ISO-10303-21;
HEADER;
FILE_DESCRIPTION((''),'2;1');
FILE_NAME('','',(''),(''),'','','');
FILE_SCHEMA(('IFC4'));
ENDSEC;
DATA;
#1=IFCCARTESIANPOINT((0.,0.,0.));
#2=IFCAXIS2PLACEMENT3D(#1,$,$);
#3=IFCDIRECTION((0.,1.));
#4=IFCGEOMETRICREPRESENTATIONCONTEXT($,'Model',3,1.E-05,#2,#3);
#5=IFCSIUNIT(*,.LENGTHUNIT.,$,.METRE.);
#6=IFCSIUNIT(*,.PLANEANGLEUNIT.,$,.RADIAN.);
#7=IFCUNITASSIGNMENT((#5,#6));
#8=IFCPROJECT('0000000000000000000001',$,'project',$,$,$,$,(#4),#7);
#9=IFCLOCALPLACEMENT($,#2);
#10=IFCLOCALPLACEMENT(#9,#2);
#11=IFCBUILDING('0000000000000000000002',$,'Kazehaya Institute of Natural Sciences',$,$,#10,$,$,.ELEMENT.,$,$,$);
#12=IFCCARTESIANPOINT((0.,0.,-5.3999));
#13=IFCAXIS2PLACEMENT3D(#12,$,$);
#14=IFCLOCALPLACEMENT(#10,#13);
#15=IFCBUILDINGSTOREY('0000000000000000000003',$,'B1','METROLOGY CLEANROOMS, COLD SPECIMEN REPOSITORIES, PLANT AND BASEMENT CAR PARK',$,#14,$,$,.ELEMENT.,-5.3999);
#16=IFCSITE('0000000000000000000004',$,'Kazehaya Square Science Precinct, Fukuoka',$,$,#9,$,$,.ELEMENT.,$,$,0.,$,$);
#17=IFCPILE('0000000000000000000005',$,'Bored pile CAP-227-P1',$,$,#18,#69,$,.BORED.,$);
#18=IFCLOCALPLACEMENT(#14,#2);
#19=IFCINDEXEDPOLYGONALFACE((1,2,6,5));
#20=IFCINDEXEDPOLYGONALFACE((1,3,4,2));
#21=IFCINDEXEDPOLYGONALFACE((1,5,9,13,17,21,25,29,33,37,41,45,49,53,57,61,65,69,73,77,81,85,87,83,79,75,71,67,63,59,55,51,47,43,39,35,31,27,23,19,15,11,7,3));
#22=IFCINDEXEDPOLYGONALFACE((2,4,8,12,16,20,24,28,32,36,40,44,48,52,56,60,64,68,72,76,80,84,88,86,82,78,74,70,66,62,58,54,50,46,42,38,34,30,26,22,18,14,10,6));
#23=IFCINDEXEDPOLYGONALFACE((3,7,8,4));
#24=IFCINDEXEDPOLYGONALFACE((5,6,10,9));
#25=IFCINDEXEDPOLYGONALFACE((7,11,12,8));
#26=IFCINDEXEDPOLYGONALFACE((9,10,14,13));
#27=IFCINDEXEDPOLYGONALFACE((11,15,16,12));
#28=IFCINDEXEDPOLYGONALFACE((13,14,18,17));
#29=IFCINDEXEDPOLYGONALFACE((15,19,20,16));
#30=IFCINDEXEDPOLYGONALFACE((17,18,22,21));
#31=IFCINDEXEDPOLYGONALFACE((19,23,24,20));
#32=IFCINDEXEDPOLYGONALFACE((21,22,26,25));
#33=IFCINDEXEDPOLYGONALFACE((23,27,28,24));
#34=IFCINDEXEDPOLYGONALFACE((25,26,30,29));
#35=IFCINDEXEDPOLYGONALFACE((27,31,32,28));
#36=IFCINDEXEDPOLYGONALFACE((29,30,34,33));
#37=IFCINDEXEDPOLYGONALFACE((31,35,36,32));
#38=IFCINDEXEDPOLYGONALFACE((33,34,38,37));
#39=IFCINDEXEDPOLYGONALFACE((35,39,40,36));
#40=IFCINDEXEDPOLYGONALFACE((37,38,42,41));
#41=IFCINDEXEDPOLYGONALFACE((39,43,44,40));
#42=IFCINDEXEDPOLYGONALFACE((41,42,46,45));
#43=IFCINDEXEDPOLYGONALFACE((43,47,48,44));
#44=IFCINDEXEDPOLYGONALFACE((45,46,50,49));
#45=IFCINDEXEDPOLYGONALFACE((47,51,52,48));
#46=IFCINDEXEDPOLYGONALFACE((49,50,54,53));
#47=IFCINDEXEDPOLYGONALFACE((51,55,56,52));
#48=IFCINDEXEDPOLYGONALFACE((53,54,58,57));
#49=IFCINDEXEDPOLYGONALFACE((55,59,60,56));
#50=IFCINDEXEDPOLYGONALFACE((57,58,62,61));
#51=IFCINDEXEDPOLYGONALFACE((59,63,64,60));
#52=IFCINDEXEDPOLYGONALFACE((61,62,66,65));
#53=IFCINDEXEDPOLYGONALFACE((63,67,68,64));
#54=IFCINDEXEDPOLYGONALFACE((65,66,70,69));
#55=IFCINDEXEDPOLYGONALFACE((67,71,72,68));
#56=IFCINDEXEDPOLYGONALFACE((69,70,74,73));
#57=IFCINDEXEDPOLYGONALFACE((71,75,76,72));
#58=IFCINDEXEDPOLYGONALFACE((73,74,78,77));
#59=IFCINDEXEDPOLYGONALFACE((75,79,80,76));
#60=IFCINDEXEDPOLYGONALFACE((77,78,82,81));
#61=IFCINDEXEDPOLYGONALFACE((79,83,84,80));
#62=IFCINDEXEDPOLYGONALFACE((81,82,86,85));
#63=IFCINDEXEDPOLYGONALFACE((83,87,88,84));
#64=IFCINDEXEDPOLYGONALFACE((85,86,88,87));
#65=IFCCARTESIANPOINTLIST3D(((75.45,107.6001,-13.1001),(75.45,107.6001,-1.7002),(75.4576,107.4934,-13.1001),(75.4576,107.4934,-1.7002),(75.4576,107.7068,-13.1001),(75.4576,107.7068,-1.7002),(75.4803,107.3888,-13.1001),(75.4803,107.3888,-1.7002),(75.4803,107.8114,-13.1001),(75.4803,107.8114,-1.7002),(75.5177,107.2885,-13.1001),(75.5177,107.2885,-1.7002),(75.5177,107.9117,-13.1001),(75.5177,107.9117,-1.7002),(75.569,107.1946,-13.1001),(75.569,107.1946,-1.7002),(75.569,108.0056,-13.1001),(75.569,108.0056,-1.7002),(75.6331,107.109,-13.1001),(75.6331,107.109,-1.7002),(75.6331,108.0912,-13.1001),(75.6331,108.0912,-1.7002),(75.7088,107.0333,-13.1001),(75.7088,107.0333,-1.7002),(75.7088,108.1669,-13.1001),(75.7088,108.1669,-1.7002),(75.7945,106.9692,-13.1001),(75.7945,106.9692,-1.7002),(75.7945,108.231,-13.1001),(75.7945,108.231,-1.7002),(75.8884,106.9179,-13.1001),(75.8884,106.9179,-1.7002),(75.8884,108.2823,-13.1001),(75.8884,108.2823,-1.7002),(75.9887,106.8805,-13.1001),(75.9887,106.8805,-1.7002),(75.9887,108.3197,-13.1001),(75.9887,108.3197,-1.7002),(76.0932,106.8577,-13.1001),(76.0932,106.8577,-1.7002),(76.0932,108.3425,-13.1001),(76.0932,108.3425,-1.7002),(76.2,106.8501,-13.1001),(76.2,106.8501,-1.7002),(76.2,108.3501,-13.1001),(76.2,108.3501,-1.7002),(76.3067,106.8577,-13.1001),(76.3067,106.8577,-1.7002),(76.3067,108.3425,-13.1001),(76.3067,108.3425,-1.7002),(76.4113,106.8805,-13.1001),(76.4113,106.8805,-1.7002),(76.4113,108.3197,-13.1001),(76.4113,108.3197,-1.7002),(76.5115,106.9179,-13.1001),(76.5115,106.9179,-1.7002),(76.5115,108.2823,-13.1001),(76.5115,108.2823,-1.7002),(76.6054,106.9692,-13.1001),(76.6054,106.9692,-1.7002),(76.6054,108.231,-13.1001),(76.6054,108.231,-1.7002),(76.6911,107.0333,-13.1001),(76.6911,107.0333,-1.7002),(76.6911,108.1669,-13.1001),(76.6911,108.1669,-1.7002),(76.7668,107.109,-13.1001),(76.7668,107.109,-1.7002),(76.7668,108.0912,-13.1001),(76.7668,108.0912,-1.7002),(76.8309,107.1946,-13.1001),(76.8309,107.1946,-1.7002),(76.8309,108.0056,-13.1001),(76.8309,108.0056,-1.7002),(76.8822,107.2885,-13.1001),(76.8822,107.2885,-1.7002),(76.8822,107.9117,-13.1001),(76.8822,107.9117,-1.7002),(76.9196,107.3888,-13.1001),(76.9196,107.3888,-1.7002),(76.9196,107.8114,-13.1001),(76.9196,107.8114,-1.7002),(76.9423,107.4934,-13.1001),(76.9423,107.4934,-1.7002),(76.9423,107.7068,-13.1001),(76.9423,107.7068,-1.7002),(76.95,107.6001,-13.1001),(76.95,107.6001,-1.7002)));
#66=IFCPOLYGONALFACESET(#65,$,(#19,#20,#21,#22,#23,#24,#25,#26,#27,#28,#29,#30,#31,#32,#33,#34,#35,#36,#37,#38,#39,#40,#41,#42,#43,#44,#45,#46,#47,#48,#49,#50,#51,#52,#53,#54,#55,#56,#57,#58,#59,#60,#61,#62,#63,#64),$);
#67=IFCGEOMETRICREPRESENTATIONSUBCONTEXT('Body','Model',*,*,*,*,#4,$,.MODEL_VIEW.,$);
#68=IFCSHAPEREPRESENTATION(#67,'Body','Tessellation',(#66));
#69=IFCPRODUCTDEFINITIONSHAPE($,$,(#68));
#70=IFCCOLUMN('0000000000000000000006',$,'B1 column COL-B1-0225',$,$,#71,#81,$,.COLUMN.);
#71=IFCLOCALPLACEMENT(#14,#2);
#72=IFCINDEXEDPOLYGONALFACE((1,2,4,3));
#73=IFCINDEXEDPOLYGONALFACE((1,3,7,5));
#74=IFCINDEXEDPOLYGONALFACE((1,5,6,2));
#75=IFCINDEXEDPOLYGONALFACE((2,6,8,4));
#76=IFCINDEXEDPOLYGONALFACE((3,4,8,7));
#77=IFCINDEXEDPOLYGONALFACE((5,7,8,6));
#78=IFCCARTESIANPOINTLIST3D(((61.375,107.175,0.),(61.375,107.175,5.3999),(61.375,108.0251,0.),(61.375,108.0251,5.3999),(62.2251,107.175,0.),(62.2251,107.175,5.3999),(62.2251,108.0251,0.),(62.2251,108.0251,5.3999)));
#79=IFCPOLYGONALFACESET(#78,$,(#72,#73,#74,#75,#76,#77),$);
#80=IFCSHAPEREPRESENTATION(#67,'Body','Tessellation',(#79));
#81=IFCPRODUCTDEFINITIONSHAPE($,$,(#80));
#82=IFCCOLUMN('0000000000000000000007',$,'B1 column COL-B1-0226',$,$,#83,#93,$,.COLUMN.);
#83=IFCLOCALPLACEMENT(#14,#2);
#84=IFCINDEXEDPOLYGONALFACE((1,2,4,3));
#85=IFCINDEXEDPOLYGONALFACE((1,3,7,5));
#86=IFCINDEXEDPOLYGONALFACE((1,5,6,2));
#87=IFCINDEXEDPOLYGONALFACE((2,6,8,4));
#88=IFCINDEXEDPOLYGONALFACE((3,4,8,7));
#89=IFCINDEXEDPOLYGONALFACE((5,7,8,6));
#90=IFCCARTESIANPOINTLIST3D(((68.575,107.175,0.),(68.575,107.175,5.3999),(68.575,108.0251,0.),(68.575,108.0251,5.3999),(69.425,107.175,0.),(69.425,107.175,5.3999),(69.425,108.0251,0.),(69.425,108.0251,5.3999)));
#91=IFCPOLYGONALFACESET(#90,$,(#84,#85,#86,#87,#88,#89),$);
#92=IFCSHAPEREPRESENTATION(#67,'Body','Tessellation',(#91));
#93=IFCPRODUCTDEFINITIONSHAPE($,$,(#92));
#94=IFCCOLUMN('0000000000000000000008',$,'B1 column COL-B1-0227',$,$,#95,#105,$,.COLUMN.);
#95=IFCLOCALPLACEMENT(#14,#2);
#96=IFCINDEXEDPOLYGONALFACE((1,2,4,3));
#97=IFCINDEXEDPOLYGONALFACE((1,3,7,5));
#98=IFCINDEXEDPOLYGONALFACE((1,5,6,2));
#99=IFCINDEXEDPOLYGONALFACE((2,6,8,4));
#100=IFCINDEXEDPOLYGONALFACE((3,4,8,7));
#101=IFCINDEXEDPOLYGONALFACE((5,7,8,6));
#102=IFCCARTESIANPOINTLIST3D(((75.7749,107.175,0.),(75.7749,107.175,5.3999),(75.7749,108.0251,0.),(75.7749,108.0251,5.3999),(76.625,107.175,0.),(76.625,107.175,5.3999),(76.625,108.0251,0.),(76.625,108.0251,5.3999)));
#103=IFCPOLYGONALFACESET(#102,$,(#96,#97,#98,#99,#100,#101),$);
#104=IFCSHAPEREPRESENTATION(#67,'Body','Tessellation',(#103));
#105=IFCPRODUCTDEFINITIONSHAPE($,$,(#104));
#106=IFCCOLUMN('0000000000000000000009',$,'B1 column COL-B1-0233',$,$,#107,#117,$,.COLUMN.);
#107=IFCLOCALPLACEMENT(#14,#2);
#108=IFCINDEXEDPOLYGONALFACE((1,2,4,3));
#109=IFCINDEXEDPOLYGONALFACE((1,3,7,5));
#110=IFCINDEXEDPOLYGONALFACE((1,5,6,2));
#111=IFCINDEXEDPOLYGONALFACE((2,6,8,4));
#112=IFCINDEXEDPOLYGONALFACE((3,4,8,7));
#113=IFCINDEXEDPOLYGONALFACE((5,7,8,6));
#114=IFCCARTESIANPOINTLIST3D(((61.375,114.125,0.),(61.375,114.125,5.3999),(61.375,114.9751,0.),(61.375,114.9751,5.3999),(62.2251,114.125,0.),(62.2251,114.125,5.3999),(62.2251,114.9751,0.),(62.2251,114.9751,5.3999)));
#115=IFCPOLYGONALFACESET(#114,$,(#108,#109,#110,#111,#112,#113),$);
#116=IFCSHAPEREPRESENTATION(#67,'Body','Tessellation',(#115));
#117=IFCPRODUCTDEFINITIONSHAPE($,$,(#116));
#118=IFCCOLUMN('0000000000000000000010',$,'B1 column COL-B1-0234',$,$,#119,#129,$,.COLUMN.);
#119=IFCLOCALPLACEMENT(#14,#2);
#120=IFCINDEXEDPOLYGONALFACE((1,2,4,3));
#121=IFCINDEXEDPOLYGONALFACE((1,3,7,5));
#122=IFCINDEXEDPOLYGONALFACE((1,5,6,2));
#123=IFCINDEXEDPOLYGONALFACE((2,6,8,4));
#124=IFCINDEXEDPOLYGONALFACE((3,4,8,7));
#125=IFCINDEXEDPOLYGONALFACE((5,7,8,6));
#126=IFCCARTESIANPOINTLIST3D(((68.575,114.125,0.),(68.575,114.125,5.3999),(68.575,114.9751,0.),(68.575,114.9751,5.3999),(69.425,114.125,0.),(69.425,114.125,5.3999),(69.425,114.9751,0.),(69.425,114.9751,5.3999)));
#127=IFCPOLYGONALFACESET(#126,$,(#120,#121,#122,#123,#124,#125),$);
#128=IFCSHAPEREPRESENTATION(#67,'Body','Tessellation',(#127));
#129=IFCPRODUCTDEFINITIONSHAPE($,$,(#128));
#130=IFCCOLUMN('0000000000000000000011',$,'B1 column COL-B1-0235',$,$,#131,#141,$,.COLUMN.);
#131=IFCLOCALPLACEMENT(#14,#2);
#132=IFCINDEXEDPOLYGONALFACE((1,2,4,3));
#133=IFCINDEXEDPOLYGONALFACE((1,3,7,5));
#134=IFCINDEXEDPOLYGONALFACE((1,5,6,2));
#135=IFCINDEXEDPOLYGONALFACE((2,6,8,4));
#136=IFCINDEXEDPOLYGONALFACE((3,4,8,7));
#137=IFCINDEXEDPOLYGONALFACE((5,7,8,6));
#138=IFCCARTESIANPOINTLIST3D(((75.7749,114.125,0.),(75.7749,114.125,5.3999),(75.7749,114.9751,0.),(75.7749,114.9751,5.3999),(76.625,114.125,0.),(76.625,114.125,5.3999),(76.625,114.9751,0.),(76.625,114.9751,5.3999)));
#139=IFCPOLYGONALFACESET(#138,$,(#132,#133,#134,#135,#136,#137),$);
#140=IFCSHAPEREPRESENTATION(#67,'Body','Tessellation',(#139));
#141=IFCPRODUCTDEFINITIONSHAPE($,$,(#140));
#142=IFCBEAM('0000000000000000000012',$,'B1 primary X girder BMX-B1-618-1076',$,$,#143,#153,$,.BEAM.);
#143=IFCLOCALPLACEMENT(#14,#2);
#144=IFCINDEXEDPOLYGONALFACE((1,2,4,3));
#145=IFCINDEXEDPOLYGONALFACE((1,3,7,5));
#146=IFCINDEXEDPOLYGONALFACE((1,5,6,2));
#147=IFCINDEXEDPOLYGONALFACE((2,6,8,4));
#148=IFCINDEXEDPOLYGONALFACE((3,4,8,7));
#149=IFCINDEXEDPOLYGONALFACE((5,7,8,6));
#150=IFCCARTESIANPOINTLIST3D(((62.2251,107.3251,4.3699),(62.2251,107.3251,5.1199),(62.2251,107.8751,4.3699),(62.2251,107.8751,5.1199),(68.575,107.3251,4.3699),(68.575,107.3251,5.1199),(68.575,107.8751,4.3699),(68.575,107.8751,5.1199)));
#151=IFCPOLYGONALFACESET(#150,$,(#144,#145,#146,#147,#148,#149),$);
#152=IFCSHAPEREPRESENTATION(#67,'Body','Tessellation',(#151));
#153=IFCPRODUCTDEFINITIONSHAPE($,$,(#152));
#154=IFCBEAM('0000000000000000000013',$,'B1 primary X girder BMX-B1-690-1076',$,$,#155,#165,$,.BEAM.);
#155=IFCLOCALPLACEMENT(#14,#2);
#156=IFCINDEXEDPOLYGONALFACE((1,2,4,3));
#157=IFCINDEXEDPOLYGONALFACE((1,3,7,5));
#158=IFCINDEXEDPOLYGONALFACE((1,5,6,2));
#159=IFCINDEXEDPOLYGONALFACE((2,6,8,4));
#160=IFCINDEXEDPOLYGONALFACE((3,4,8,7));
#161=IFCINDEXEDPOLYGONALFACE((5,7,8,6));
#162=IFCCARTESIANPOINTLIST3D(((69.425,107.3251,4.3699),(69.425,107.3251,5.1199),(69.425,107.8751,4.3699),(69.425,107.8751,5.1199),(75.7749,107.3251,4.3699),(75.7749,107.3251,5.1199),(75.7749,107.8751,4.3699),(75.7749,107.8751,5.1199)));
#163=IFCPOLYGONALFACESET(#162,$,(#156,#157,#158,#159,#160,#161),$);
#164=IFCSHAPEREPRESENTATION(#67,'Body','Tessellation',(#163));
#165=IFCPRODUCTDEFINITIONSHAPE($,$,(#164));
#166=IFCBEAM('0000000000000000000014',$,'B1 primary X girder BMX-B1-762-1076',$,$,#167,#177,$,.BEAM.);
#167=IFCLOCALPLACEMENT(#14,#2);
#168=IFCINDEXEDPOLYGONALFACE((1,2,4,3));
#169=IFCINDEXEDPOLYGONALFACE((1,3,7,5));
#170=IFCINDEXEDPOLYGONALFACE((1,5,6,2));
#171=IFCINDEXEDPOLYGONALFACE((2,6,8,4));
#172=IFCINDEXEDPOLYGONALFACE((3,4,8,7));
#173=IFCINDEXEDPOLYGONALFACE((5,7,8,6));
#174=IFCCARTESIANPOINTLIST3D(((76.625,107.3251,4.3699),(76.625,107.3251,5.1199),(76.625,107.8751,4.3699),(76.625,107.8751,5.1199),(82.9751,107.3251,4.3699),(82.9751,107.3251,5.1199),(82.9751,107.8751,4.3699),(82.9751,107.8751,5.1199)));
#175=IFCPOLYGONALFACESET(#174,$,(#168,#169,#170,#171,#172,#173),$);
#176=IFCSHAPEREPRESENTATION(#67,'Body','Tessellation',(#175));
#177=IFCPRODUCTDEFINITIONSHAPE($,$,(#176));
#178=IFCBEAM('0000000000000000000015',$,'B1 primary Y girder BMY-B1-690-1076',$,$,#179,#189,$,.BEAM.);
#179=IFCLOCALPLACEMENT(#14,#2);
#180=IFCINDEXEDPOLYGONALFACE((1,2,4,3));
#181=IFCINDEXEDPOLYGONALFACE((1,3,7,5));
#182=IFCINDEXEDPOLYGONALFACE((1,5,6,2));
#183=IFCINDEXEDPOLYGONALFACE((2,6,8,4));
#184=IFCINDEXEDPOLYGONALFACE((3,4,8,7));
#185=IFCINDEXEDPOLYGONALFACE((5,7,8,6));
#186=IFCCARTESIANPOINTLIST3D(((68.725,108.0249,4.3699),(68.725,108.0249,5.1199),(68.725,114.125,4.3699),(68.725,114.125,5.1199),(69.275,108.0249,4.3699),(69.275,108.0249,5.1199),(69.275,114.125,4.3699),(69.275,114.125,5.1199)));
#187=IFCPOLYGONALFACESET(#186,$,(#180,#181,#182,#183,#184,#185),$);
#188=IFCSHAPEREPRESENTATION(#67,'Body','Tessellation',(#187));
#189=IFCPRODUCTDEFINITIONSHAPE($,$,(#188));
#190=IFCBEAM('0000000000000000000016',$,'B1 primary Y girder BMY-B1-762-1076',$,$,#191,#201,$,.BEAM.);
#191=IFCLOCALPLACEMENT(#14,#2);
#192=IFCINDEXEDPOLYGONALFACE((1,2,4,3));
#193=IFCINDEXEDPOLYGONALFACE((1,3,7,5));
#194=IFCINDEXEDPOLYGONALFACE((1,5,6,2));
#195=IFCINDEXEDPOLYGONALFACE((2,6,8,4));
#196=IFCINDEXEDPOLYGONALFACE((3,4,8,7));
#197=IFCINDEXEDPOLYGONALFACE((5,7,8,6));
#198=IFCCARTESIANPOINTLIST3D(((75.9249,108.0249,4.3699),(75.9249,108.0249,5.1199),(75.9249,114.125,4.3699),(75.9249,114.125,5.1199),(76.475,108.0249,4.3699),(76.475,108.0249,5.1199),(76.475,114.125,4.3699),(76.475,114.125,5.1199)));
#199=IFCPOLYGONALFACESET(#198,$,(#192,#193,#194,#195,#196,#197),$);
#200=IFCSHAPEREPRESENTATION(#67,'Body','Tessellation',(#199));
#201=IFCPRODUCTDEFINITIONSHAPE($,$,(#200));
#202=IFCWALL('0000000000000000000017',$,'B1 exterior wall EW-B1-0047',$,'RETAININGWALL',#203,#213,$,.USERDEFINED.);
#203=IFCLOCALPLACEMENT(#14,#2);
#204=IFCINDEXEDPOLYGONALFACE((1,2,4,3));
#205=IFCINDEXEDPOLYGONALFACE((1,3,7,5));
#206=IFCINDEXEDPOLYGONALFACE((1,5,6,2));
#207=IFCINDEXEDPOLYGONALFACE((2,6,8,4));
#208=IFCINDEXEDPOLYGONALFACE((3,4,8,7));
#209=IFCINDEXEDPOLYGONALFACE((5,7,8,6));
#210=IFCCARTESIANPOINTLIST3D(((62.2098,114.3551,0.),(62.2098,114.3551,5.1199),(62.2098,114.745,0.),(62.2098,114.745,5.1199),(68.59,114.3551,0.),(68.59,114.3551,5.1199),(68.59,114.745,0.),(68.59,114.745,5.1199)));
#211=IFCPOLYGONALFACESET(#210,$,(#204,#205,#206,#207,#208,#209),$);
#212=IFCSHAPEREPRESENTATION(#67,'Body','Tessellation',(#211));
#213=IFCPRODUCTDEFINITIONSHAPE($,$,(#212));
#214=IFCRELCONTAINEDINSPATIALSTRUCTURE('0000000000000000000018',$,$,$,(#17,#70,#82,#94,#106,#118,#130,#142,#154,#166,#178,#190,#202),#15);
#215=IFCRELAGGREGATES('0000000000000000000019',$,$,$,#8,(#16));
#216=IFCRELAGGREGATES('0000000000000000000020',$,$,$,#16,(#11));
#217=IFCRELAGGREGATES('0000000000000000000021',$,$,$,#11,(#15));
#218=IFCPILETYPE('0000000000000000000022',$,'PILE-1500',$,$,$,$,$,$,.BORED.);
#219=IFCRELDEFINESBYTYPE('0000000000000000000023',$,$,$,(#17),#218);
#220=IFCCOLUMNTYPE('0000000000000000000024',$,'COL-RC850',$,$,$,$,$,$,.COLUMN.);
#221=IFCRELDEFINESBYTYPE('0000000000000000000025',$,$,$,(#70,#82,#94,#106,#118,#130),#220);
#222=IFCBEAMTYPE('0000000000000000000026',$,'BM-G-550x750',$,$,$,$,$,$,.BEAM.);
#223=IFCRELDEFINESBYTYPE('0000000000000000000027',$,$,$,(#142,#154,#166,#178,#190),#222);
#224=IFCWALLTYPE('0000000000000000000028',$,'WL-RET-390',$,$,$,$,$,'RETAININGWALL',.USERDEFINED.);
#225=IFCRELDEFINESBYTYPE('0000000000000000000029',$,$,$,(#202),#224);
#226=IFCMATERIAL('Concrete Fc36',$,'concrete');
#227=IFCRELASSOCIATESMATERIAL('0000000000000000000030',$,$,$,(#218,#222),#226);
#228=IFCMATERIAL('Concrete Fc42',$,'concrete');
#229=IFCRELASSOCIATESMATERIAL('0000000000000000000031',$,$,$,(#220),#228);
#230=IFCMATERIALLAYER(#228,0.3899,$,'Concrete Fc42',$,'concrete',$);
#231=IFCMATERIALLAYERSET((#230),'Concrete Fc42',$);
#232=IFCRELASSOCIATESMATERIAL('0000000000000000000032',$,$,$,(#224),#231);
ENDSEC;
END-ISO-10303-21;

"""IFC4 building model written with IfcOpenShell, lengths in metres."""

from ifc_helpers import new_model, si_unit, direction, frame, frame_2d, origin, origin_2d, place, context, subcontext, project, spatial, rectangle, circle, extrude, material, layer, layer_set, material_profile, profile_set, type_object, element, save


model = new_model("IFC4")

# Units and contexts
model_context = context("Model", 3, precision=1e-05, world=origin(), true_north=direction((0.0, 1.0)))
body_context = subcontext(model_context, "Body", "Model", "MODEL_VIEW")
ifc_project = project(units=[si_unit("LENGTHUNIT", "METRE"), si_unit("PLANEANGLEUNIT", "RADIAN")], contexts=[model_context])

# Site, building, storey
site_placement = place(None, origin())
site = spatial("IfcSite", under=ifc_project, at=site_placement, Name="Kazehaya Square Science Precinct, Fukuoka", CompositionType="ELEMENT", RefElevation=0.0)
building_placement = place(site_placement, origin())
building = spatial("IfcBuilding", under=site, at=building_placement, Name="Kazehaya Institute of Natural Sciences", CompositionType="ELEMENT")
storey_placement = place(building_placement, frame((0.0, 0.0, -5.3999)))
storey = spatial("IfcBuildingStorey", under=building, at=storey_placement, Name="B1", Description="METROLOGY CLEANROOMS, COLD SPECIMEN REPOSITORIES, PLANT AND BASEMENT CAR PARK", CompositionType="ELEMENT", Elevation=-5.3999)

# Shared definitions
ifc_material_1 = material(Name="Concrete Fc36", Category="concrete")

# Pile
ifc_material_profile_1 = material_profile(ifc_material_1, circle(Radius=0.75, at=origin_2d()), Name="PILE-1500")
ifc_profile_set_1 = profile_set([ifc_material_profile_1], Name="Concrete Fc36")
pile_type_1 = type_object("IfcPileType", Name="PILE-1500", PredefinedType="BORED", material=ifc_profile_set_1)
for number, where, z_axis, x_axis, name in (
    (1, (76.2, 107.6001, -1.7002), (0.0, 0.0, -1.0), (1.0, 0.0, 0.0), "Bored pile CAP-227-P1"),
):
    element("IfcPile", number, at=place(storey_placement, frame(where, z_axis=z_axis, x_axis=x_axis)), inside=storey, type_object=pile_type_1, Name=name, PredefinedType="BORED", context=body_context, shape_type="SweptSolid", body=[
        extrude(circle(Radius=0.75, at=origin_2d()), origin(), (0.0, 0.0, 1.0), 11.3999),
    ])

# Columns
ifc_material_2 = material(Name="Concrete Fc42", Category="concrete")
ifc_material_profile_2 = material_profile(ifc_material_2, rectangle(XDim=0.8501, YDim=0.8501, at=origin_2d()), Name="RC-850x850")
ifc_profile_set_2 = profile_set([ifc_material_profile_2], Name="Concrete Fc42")
column_type = type_object("IfcColumnType", Name="COL-RC850", PredefinedType="COLUMN", material=ifc_profile_set_2)
for number, where, z_axis, x_axis, name in (
    (2, (61.8, 107.6001, 0.0), (0.0, 0.0, 1.0), (1.0, 0.0, 0.0), "B1 column COL-B1-0225"),
    (3, (69.0, 107.6001, 0.0), (0.0, 0.0, 1.0), (1.0, 0.0, 0.0), "B1 column COL-B1-0226"),
    (4, (76.2, 107.6001, 0.0), (0.0, 0.0, 1.0), (1.0, 0.0, 0.0), "B1 column COL-B1-0227"),
    (5, (61.8, 114.55, 0.0), (0.0, 0.0, 1.0), (1.0, 0.0, 0.0), "B1 column COL-B1-0233"),
    (6, (69.0, 114.55, 0.0), (0.0, 0.0, 1.0), (1.0, 0.0, 0.0), "B1 column COL-B1-0234"),
    (7, (76.2, 114.55, 0.0), (0.0, 0.0, 1.0), (1.0, 0.0, 0.0), "B1 column COL-B1-0235"),
):
    element("IfcColumn", number, at=place(storey_placement, frame(where, z_axis=z_axis, x_axis=x_axis)), inside=storey, type_object=column_type, Name=name, PredefinedType="COLUMN", context=body_context, shape_type="SweptSolid", body=[
        extrude(rectangle(XDim=0.8501, YDim=0.8501, at=origin_2d()), origin(), (0.0, 0.0, 1.0), 5.3999),
    ])

# Beams
ifc_material_profile_3 = material_profile(ifc_material_1, rectangle(XDim=0.55, YDim=0.75, at=origin_2d()), Name="RC-550x750")
ifc_profile_set_3 = profile_set([ifc_material_profile_3], Name="Concrete Fc36")
beam_type = type_object("IfcBeamType", Name="BM-G-550x750", PredefinedType="BEAM", material=ifc_profile_set_3)
for number, where, z_axis, x_axis, name in (
    (8, (62.2251, 107.6001, 4.7449), (1.0, 0.0, 0.0), (0.0, 1.0, 0.0), "B1 primary X girder BMX-B1-618-1076"),
    (9, (69.425, 107.6001, 4.7449), (1.0, 0.0, 0.0), (0.0, 1.0, 0.0), "B1 primary X girder BMX-B1-690-1076"),
):
    element("IfcBeam", number, at=place(storey_placement, frame(where, z_axis=z_axis, x_axis=x_axis)), inside=storey, type_object=beam_type, Name=name, PredefinedType="BEAM", context=body_context, shape_type="SweptSolid", body=[
        extrude(rectangle(XDim=0.55, YDim=0.75, at=origin_2d()), origin(), (0.0, 0.0, 1.0), 6.3499),
    ])
beam_placement = place(storey_placement, frame((76.625, 107.6001, 4.7449), z_axis=(1.0, 0.0, 0.0), x_axis=(0.0, 1.0, 0.0)))
element("IfcBeam", 10, at=beam_placement, inside=storey, type_object=beam_type, Name="B1 primary X girder BMX-B1-762-1076", PredefinedType="BEAM", context=body_context, shape_type="SweptSolid", body=[
    extrude(rectangle(XDim=0.55, YDim=0.75, at=origin_2d()), origin(), (0.0, 0.0, 1.0), 6.3501),
])
for number, where, z_axis, x_axis, name in (
    (11, (69.0, 108.0249, 4.7449), (0.0, 1.0, 0.0), (-1.0, 0.0, 0.0), "B1 primary Y girder BMY-B1-690-1076"),
    (12, (76.2, 108.0249, 4.7449), (0.0, 1.0, 0.0), (-1.0, 0.0, 0.0), "B1 primary Y girder BMY-B1-762-1076"),
):
    element("IfcBeam", number, at=place(storey_placement, frame(where, z_axis=z_axis, x_axis=x_axis)), inside=storey, type_object=beam_type, Name=name, PredefinedType="BEAM", context=body_context, shape_type="SweptSolid", body=[
        extrude(rectangle(XDim=0.55, YDim=0.75, at=origin_2d()), origin(), (0.0, 0.0, 1.0), 6.1001),
    ])

# Wall
ifc_layer = layer(ifc_material_2, 0.3899, Name="Concrete Fc42", Category="concrete")
ifc_layer_set = layer_set([ifc_layer], Name="Concrete Fc42")
wall_type = type_object("IfcWallType", Name="WL-RET-390", ElementType="RETAININGWALL", PredefinedType="USERDEFINED", material=ifc_layer_set)
for number, where, z_axis, x_axis, name in (
    (13, (62.21, 114.55, 0.0), (0.0, 0.0, 1.0), (1.0, 0.0, 0.0), "B1 exterior wall EW-B1-0047"),
):
    element("IfcWall", number, at=place(storey_placement, frame(where, z_axis=z_axis, x_axis=x_axis)), inside=storey, type_object=wall_type, Name=name, ObjectType="RETAININGWALL", PredefinedType="USERDEFINED", context=body_context, shape_type="SweptSolid", body=[
        extrude(rectangle(XDim=6.3801, YDim=0.3899, at=frame_2d((3.1899, 0.0))), origin(), (0.0, 0.0, 1.0), 5.1199),
    ])

save(model, "model.ifc")
